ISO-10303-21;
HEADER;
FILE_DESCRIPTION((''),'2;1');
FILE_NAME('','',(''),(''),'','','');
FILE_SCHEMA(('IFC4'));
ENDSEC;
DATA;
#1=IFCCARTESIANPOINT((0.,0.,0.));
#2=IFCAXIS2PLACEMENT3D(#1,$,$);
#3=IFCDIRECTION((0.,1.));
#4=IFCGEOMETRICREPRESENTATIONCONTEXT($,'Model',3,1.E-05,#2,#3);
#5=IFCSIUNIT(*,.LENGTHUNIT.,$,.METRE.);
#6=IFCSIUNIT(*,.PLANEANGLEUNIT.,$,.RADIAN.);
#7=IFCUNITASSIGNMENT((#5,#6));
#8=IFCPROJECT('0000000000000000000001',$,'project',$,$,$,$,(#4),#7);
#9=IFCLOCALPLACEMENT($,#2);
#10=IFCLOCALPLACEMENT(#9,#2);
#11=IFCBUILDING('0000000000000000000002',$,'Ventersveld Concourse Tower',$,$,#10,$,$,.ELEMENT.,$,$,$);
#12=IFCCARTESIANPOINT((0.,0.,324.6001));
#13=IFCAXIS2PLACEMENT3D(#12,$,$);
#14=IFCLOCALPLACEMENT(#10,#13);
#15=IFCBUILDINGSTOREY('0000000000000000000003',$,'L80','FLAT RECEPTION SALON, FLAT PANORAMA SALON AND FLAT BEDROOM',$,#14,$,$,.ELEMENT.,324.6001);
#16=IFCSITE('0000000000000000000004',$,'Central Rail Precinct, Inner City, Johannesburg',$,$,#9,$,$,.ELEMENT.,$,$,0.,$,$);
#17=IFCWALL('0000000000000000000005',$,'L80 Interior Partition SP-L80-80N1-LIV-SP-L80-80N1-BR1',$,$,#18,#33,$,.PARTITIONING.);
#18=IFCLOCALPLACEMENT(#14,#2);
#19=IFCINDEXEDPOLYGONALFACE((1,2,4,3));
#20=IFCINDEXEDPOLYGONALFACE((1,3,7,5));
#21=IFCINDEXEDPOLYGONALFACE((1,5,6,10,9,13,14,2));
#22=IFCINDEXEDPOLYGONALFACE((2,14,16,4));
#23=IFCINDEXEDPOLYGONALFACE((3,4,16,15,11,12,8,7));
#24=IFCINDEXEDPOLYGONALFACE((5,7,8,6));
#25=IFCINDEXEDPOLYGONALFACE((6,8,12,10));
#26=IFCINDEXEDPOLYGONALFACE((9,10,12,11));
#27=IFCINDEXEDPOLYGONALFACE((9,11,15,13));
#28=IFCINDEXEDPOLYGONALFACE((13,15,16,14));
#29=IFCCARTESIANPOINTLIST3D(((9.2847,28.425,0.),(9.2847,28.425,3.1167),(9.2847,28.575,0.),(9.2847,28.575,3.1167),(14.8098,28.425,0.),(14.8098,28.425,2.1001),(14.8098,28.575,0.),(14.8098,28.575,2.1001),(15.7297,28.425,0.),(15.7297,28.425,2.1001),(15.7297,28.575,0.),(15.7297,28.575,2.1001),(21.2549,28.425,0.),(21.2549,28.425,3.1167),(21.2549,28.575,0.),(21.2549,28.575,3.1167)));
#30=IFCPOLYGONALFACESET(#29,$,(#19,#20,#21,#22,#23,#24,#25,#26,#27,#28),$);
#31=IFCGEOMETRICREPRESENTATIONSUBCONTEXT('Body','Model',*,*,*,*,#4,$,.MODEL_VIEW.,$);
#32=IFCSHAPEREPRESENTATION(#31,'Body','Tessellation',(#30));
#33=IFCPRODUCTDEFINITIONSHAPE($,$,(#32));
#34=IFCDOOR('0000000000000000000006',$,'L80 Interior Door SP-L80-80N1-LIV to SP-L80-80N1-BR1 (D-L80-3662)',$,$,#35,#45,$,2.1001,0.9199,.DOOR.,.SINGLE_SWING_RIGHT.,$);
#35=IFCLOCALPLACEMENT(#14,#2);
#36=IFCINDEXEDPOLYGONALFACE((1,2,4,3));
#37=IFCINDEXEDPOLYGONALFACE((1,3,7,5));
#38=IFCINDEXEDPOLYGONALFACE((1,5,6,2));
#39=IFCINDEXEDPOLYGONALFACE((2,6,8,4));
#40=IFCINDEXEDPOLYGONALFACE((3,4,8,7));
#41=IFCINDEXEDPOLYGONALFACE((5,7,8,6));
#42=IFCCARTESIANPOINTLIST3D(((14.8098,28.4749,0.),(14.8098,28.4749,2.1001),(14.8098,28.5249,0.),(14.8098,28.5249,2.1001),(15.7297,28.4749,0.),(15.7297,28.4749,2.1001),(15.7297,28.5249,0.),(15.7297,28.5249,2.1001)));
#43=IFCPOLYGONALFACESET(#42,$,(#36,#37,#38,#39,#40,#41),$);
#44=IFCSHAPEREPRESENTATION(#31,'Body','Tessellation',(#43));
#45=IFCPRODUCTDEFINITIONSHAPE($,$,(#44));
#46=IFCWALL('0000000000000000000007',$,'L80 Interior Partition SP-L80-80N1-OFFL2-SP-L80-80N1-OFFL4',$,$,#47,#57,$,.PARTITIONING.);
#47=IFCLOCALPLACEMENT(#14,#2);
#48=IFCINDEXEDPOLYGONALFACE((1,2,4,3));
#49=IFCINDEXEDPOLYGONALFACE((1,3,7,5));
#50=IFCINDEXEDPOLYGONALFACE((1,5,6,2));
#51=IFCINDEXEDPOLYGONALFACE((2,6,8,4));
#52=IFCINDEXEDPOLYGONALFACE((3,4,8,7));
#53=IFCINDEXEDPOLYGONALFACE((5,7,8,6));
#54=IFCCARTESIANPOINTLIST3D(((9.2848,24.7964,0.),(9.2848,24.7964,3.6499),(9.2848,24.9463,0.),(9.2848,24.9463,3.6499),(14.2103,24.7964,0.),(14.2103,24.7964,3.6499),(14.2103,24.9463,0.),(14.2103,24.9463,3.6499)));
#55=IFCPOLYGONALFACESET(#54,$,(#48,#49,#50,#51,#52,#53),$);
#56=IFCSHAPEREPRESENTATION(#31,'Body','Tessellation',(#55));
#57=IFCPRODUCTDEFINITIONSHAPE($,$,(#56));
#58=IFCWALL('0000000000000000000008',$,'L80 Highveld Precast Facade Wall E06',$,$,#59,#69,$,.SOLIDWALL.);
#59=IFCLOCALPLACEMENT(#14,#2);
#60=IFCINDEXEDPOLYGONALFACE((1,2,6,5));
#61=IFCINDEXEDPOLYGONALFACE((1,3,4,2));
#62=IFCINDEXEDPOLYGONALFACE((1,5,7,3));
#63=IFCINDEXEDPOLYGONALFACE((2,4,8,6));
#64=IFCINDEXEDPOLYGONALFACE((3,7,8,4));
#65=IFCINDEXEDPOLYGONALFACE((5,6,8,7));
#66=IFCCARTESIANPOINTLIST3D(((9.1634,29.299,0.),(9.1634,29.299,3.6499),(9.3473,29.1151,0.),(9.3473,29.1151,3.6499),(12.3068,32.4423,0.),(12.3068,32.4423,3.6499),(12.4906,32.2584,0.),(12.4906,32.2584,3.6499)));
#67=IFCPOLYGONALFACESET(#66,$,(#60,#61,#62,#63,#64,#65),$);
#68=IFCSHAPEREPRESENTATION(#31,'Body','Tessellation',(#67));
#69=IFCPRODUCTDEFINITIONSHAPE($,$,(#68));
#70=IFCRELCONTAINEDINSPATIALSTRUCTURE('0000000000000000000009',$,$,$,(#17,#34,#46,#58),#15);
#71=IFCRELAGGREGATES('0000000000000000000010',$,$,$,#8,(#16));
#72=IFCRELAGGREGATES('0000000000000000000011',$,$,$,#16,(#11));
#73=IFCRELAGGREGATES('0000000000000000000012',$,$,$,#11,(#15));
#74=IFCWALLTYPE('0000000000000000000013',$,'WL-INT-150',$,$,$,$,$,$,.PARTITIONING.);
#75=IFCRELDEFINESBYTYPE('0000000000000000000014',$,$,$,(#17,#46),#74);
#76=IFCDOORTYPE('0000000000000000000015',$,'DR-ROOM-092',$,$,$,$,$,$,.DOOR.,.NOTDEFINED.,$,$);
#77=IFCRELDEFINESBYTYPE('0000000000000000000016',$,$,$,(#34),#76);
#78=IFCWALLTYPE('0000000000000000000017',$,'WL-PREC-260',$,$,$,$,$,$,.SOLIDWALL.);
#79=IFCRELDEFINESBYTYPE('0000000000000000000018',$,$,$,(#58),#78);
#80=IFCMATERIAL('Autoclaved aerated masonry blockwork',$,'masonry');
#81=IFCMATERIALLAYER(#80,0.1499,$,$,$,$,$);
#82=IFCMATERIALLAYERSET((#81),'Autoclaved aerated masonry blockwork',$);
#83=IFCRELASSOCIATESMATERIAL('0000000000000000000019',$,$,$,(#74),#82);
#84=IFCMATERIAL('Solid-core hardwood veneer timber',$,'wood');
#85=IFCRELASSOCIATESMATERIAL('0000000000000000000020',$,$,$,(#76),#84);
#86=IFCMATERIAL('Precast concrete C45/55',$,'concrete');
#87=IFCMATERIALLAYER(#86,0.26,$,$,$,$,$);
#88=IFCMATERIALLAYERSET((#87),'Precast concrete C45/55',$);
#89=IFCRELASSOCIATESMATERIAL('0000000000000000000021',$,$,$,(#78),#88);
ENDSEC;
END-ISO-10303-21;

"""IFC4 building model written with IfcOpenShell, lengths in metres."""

from ifc_helpers import new_model, si_unit, direction, frame, frame_2d, origin, place, context, subcontext, project, spatial, rectangle, extrude, material, layer, layer_set, type_object, element, fill, save


model = new_model("IFC4")

# Units and contexts
model_context = context("Model", 3, precision=1e-05, world=origin(), true_north=direction((0.0, 1.0)))
body_context = subcontext(model_context, "Body", "Model", "MODEL_VIEW")
ifc_project = project(units=[si_unit("LENGTHUNIT", "METRE"), si_unit("PLANEANGLEUNIT", "RADIAN")], contexts=[model_context])

# Site, building, storey
site_placement = place(None, origin())
site = spatial("IfcSite", under=ifc_project, at=site_placement, Name="Central Rail Precinct, Inner City, Johannesburg", CompositionType="ELEMENT", RefElevation=0.0)
building_placement = place(site_placement, origin())
building = spatial("IfcBuilding", under=site, at=building_placement, Name="Ventersveld Concourse Tower", CompositionType="ELEMENT")
storey_placement = place(building_placement, frame((0.0, 0.0, 324.6001)))
storey = spatial("IfcBuildingStorey", under=building, at=storey_placement, Name="L80", Description="FLAT RECEPTION SALON, FLAT PANORAMA SALON AND FLAT BEDROOM", CompositionType="ELEMENT", Elevation=324.6001)

# Wall, opening, door
ifc_material_1 = material(Name="Autoclaved aerated masonry blockwork", Category="masonry")
ifc_layer_1 = layer(ifc_material_1, 0.1499)
ifc_layer_set_1 = layer_set([ifc_layer_1], Name="Autoclaved aerated masonry blockwork")
wall_type_1 = type_object("IfcWallType", Name="WL-INT-150", PredefinedType="PARTITIONING", material=ifc_layer_set_1)
ifc_material_2 = material(Name="Solid-core hardwood veneer timber", Category="wood")
door_type = type_object("IfcDoorType", Name="DR-ROOM-092", OperationType="NOTDEFINED", PredefinedType="DOOR", material=ifc_material_2)
wall_1_placement = place(storey_placement, frame((9.2847, 28.5, 0.0), z_axis=(0.0, 0.0, 1.0), x_axis=(1.0, 0.0, 0.0)))
wall_1 = element("IfcWall", 1, at=wall_1_placement, inside=storey, type_object=wall_type_1, Name="L80 Interior Partition SP-L80-80N1-LIV-SP-L80-80N1-BR1", PredefinedType="PARTITIONING", context=body_context, shape_type="SweptSolid", body=[
    extrude(rectangle(XDim=11.9702, YDim=0.1499, at=frame_2d((5.9851, 0.0))), origin(), (0.0, 0.0, 1.0), 3.1167),
])
opening_1_placement = place(wall_1_placement, frame((5.5251, 0.0, 0.0)))
opening_1 = element("IfcOpeningElement", 2, at=opening_1_placement, cuts=wall_1, PredefinedType="OPENING", context=body_context, shape_type="SweptSolid", body=[
    extrude(rectangle(XDim=0.9199, YDim=2.1001, at=frame_2d((0.46, 1.05))), frame((0.0, 0.085, 0.0), z_axis=(0.0, -1.0, 0.0), x_axis=(1.0, 0.0, 0.0)), (0.0, 0.0, 1.0), 0.1699),
])
door_1_placement = place(opening_1_placement, origin())
door_1 = element("IfcDoor", 3, at=door_1_placement, inside=storey, type_object=door_type, Name="L80 Interior Door SP-L80-80N1-LIV to SP-L80-80N1-BR1 (D-L80-3662)", OperationType="SINGLE_SWING_RIGHT", OverallHeight=2.1001, OverallWidth=0.9199, PredefinedType="DOOR", context=body_context, shape_type="SweptSolid", body=[
    extrude(rectangle(XDim=0.9199, YDim=2.1001, at=frame_2d((0.46, 1.05))), frame((0.0, 0.0249, 0.0), z_axis=(0.0, -1.0, 0.0), x_axis=(1.0, 0.0, 0.0)), (0.0, 0.0, 1.0), 0.05),
])
fill(opening_1, door_1)

# Walls
wall_2_placement = place(storey_placement, frame((9.2847, 24.8713, 0.0), z_axis=(0.0, 0.0, 1.0), x_axis=(1.0, 0.0, 0.0)))
element("IfcWall", 4, at=wall_2_placement, inside=storey, type_object=wall_type_1, Name="L80 Interior Partition SP-L80-80N1-OFFL2-SP-L80-80N1-OFFL4", PredefinedType="PARTITIONING", context=body_context, shape_type="SweptSolid", body=[
    extrude(rectangle(XDim=4.9255, YDim=0.1499, at=frame_2d((2.4629, 0.0))), origin(), (0.0, 0.0, 1.0), 3.6499),
])
ifc_material_3 = material(Name="Precast concrete C45/55", Category="concrete")
ifc_layer_2 = layer(ifc_material_3, 0.26)
ifc_layer_set_2 = layer_set([ifc_layer_2], Name="Precast concrete C45/55")
wall_type_2 = type_object("IfcWallType", Name="WL-PREC-260", PredefinedType="SOLIDWALL", material=ifc_layer_set_2)
wall_3_placement = place(storey_placement, frame((12.3987, 32.3503, 0.0), z_axis=(0.0, 0.0, 1.0), x_axis=(-0.707107, -0.707107, 0.0)))
element("IfcWall", 5, at=wall_3_placement, inside=storey, type_object=wall_type_2, Name="L80 Highveld Precast Facade Wall E06", PredefinedType="SOLIDWALL", context=body_context, shape_type="SweptSolid", body=[
    extrude(rectangle(XDim=4.4453, YDim=0.26, at=frame_2d((2.2227, 0.0))), origin(), (0.0, 0.0, 1.0), 3.6499),
])

save(model, "model.ifc")
